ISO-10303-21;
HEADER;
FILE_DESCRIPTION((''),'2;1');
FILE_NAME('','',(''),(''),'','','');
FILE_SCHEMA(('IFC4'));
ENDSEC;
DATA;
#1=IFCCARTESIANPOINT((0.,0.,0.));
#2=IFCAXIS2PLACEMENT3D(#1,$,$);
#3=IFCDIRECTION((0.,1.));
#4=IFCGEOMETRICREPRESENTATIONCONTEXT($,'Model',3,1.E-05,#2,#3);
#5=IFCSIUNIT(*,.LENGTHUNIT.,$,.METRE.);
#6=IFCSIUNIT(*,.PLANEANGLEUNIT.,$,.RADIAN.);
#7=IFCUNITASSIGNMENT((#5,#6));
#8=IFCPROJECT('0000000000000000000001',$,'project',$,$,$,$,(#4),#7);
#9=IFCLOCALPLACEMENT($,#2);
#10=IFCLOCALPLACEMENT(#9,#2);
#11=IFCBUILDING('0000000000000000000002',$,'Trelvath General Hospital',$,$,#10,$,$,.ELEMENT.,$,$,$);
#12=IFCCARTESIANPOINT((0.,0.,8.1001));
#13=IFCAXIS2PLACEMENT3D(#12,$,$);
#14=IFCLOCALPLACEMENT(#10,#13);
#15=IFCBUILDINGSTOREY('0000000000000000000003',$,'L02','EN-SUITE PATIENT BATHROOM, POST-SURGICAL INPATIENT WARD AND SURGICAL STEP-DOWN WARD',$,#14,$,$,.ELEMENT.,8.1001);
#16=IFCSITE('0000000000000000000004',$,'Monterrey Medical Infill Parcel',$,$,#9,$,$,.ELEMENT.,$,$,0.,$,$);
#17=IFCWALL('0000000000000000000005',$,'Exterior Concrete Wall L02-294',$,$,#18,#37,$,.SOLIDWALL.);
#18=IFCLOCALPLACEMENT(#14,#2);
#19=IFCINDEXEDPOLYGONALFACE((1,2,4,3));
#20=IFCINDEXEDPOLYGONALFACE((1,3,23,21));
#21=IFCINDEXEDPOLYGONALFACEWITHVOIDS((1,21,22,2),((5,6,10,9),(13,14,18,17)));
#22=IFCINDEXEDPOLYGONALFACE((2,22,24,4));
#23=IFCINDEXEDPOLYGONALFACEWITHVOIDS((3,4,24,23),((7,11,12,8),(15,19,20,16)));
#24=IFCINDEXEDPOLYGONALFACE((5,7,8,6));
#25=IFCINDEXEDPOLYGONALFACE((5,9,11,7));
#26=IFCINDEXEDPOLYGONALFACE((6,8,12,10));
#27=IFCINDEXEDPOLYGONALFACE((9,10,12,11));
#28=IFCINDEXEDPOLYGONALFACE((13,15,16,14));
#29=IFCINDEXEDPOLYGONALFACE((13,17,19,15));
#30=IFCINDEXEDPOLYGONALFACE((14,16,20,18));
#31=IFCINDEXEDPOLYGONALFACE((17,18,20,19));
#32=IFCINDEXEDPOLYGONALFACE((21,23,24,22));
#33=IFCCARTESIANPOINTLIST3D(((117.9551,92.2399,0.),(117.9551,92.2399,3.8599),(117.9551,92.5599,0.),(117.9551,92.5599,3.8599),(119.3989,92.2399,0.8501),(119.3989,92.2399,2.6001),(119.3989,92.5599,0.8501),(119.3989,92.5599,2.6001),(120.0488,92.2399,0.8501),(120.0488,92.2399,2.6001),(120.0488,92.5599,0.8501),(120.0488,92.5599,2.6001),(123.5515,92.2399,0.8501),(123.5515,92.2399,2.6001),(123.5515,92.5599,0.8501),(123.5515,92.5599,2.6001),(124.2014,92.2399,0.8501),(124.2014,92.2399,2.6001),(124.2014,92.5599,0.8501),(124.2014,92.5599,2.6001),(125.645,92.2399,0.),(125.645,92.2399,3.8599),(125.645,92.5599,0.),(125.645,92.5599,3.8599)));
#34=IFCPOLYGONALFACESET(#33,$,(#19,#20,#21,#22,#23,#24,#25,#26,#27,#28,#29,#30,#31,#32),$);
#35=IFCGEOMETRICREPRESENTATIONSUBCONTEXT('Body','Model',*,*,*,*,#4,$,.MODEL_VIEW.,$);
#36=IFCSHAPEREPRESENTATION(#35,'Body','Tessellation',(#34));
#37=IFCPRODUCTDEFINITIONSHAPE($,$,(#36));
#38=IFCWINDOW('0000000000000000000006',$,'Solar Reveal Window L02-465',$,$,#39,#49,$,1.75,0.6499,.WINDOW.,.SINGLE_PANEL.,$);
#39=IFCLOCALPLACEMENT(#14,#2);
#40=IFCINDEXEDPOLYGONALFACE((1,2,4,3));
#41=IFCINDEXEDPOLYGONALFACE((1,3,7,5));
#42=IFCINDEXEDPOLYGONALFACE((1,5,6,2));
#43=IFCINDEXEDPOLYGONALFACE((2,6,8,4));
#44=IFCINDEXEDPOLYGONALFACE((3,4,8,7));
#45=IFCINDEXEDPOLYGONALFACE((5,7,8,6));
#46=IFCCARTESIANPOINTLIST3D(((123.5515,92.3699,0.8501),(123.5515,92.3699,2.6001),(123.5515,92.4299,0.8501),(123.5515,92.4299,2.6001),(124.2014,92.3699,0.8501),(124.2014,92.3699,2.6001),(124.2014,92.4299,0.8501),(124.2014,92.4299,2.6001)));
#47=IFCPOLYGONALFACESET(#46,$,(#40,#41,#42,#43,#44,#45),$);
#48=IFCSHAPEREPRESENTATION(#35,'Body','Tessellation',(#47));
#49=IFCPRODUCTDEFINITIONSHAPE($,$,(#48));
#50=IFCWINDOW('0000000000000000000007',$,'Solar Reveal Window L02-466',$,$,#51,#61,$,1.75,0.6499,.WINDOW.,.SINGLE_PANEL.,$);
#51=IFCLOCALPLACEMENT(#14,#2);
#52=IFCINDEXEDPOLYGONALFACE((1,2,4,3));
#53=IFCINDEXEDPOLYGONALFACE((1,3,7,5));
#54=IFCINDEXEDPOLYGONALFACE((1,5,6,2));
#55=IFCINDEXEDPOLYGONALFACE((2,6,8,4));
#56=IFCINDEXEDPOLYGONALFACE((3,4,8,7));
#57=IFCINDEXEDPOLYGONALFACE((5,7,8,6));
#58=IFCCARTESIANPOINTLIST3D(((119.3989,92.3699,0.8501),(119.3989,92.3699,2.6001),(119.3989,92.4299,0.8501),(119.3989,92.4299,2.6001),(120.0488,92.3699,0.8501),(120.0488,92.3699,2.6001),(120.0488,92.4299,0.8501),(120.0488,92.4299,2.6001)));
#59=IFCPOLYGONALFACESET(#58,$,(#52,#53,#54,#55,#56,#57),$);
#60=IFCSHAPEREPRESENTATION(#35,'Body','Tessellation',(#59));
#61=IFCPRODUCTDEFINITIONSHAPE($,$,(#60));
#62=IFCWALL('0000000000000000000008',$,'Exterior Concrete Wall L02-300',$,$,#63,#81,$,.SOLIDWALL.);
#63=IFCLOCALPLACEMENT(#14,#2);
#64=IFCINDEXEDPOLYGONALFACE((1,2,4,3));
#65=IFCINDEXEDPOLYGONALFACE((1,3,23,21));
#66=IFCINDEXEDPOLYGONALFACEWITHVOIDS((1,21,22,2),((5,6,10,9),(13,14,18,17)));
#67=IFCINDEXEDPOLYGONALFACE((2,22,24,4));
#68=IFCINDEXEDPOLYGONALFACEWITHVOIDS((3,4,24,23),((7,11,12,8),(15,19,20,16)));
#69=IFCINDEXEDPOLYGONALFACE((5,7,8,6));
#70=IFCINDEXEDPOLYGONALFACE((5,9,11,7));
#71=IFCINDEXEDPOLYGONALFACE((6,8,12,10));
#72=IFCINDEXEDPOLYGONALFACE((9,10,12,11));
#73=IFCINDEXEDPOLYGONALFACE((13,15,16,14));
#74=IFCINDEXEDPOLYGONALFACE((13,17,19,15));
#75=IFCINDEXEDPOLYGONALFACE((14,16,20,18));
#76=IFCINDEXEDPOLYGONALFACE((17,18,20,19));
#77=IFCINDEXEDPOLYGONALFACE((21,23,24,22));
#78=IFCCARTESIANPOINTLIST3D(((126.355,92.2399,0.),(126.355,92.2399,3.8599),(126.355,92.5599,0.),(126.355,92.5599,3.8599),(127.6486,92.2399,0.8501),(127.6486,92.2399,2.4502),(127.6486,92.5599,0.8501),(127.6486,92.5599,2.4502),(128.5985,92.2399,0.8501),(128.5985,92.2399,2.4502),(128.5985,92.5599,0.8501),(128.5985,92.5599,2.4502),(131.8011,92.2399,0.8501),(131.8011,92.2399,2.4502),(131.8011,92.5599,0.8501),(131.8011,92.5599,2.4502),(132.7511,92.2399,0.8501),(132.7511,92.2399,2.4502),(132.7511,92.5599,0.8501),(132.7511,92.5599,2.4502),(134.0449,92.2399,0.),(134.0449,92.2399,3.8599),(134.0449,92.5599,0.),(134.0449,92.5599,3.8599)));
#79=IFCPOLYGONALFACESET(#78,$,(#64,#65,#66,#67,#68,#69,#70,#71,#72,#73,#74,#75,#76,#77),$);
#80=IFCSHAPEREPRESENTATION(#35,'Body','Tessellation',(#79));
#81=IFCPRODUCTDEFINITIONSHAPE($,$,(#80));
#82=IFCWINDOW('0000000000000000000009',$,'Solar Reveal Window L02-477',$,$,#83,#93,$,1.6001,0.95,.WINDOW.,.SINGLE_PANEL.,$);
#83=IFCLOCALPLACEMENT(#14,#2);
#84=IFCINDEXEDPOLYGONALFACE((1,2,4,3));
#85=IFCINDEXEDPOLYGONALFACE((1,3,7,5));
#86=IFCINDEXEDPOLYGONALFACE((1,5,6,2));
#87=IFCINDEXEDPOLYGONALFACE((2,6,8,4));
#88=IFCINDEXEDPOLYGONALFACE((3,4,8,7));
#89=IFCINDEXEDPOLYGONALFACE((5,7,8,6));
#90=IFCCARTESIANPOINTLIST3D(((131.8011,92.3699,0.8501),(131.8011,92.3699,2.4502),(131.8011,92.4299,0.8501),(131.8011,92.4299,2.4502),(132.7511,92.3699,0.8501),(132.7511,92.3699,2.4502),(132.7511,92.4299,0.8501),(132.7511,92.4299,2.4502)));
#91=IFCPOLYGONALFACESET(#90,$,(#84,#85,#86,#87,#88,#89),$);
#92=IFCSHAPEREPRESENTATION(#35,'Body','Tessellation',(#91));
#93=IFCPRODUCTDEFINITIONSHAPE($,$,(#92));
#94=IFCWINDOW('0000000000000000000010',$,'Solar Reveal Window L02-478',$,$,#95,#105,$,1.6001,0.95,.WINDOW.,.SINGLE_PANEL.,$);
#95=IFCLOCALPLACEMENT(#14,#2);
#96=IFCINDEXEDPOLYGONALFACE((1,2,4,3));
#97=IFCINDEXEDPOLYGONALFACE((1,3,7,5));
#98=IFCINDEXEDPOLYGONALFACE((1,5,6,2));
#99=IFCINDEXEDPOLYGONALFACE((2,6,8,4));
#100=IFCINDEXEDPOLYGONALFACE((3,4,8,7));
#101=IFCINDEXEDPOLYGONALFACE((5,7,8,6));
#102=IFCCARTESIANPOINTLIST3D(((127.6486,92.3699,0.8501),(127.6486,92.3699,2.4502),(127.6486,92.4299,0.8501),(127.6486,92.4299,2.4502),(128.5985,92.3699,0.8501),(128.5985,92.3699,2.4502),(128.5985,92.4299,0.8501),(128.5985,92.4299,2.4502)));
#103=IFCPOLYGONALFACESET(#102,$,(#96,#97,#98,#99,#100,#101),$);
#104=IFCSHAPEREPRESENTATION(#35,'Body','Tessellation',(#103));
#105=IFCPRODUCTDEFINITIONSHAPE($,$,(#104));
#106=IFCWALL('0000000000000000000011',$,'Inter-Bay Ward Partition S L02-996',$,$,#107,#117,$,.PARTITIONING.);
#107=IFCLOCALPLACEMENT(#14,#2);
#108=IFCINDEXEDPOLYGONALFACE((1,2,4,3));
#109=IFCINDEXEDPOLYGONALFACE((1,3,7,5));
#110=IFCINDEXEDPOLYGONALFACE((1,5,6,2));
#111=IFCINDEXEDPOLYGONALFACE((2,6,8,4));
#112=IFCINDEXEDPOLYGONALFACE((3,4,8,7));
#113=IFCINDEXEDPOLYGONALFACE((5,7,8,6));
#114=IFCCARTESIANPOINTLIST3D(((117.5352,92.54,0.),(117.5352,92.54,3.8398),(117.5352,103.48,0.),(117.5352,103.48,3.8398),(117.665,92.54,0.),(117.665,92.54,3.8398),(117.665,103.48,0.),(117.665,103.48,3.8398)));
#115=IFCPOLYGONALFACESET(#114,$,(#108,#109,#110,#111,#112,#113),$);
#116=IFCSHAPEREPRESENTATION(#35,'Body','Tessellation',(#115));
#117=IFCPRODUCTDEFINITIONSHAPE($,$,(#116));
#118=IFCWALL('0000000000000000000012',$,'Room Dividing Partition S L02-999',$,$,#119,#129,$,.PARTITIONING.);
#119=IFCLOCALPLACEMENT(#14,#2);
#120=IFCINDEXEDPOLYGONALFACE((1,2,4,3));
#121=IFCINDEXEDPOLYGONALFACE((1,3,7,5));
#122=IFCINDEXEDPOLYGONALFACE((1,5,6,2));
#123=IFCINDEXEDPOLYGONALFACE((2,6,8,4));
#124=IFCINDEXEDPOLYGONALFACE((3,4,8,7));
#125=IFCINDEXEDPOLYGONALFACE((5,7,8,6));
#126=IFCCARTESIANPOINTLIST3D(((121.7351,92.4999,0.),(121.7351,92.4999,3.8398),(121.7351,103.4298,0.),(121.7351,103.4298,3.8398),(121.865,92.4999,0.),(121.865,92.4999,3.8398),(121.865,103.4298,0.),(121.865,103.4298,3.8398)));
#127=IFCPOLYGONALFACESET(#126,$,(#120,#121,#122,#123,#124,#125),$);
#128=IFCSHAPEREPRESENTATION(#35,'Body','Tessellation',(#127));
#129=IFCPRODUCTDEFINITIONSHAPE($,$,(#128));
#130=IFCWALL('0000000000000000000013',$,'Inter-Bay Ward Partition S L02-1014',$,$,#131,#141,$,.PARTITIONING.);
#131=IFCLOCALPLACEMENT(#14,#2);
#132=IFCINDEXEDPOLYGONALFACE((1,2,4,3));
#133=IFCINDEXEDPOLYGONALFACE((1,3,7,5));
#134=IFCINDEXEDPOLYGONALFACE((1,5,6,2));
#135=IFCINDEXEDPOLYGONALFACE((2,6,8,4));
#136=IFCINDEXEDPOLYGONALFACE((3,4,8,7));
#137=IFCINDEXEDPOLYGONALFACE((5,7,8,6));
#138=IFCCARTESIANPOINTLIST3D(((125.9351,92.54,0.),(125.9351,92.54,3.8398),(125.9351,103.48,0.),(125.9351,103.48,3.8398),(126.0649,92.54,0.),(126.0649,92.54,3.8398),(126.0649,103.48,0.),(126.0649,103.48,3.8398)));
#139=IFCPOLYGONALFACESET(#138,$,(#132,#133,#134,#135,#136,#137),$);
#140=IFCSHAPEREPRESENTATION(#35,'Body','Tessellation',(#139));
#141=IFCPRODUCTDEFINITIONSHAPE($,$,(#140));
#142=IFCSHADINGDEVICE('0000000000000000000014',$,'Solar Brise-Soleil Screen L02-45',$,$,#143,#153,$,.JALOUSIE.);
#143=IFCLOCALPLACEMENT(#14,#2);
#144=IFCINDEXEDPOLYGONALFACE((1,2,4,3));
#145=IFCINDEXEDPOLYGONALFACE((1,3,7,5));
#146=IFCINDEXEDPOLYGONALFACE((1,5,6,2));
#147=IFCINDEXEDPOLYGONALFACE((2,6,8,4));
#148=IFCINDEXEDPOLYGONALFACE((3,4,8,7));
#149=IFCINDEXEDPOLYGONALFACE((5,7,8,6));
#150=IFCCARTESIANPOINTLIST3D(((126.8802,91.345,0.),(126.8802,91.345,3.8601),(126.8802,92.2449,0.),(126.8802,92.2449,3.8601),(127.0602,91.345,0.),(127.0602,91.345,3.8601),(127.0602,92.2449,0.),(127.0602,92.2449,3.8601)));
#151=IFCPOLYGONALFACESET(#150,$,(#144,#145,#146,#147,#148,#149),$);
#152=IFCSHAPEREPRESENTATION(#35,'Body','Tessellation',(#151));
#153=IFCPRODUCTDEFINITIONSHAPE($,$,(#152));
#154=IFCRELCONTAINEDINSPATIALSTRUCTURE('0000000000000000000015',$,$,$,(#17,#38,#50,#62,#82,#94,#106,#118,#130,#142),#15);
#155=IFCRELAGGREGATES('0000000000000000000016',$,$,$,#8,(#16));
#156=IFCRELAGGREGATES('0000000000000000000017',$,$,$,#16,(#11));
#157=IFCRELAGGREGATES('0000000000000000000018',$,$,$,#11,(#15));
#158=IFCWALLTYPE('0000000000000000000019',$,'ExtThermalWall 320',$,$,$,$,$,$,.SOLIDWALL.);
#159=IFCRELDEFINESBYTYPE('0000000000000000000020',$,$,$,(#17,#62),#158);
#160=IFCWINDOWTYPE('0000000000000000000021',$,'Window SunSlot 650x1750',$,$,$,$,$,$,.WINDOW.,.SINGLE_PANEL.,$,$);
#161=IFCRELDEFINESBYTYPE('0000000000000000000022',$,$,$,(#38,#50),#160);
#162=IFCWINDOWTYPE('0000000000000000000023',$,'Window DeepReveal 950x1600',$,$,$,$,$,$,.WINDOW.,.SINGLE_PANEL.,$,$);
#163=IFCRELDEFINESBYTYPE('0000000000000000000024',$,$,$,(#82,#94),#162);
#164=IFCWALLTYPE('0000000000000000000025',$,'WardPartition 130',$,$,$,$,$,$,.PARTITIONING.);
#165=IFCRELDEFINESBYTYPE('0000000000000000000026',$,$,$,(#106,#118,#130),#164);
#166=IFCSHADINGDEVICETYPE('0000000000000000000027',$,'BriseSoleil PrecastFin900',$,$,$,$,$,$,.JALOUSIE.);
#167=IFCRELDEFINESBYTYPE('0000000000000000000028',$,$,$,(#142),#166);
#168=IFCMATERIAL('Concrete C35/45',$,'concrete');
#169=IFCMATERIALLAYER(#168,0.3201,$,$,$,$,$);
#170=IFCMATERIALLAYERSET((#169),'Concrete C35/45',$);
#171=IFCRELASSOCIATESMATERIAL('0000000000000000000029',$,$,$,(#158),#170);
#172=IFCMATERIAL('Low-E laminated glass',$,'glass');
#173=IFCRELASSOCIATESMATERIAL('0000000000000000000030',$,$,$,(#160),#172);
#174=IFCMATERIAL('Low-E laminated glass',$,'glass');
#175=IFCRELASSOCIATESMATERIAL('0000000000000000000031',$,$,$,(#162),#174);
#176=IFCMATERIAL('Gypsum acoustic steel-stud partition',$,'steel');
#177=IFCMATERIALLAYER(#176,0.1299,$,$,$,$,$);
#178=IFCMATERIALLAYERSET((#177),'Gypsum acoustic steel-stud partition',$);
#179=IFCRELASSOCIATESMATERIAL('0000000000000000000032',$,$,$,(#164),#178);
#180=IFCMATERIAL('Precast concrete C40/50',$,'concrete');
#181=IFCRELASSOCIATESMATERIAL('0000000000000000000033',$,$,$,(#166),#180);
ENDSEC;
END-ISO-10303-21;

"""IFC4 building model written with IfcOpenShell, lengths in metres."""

from ifc_helpers import new_model, si_unit, direction, frame, frame_2d, origin, origin_2d, place, context, subcontext, project, spatial, rectangle, extrude, material, layer, layer_set, type_object, element, fill, save


model = new_model("IFC4")

# Units and contexts
model_context = context("Model", 3, precision=1e-05, world=origin(), true_north=direction((0.0, 1.0)))
body_context = subcontext(model_context, "Body", "Model", "MODEL_VIEW")
ifc_project = project(units=[si_unit("LENGTHUNIT", "METRE"), si_unit("PLANEANGLEUNIT", "RADIAN")], contexts=[model_context])

# Site, building, storey
site_placement = place(None, origin())
site = spatial("IfcSite", under=ifc_project, at=site_placement, Name="Monterrey Medical Infill Parcel", CompositionType="ELEMENT", RefElevation=0.0)
building_placement = place(site_placement, origin())
building = spatial("IfcBuilding", under=site, at=building_placement, Name="Trelvath General Hospital", CompositionType="ELEMENT")
storey_placement = place(building_placement, frame((0.0, 0.0, 8.1001)))
storey = spatial("IfcBuildingStorey", under=building, at=storey_placement, Name="L02", Description="EN-SUITE PATIENT BATHROOM, POST-SURGICAL INPATIENT WARD AND SURGICAL STEP-DOWN WARD", CompositionType="ELEMENT", Elevation=8.1001)

# Walls, openings, windows
ifc_material_1 = material(Name="Concrete C35/45", Category="concrete")
ifc_layer_1 = layer(ifc_material_1, 0.3201)
ifc_layer_set_1 = layer_set([ifc_layer_1], Name="Concrete C35/45")
wall_type_1 = type_object("IfcWallType", Name="ExtThermalWall 320", PredefinedType="SOLIDWALL", material=ifc_layer_set_1)
wall_1_placement = place(storey_placement, frame((125.645, 92.3999, 0.0), z_axis=(0.0, 0.0, 1.0), x_axis=(-1.0, 0.0, 0.0)))
wall_1 = element("IfcWall", 1, at=wall_1_placement, inside=storey, type_object=wall_type_1, Name="Exterior Concrete Wall L02-294", PredefinedType="SOLIDWALL", context=body_context, shape_type="SweptSolid", body=[
    extrude(rectangle(XDim=7.6899, YDim=0.3201, at=frame_2d((3.845, 0.0))), origin(), (0.0, 0.0, 1.0), 3.8599),
])
opening_1_placement = place(wall_1_placement, frame((1.4436, 0.0, 0.8501)))
opening_1 = element("IfcOpeningElement", 2, at=opening_1_placement, cuts=wall_1, PredefinedType="OPENING", context=body_context, shape_type="SweptSolid", body=[
    extrude(rectangle(XDim=0.6499, YDim=1.75, at=frame_2d((0.325, 0.875))), frame((0.0, 0.1699, 0.0), z_axis=(0.0, -1.0, 0.0), x_axis=(1.0, 0.0, 0.0)), (0.0, 0.0, 1.0), 0.3401),
])
opening_2_placement = place(wall_1_placement, frame((5.5962, 0.0, 0.8501)))
opening_2 = element("IfcOpeningElement", 3, at=opening_2_placement, cuts=wall_1, PredefinedType="OPENING", context=body_context, shape_type="SweptSolid", body=[
    extrude(rectangle(XDim=0.6499, YDim=1.75, at=frame_2d((0.325, 0.875))), frame((0.0, 0.1699, 0.0), z_axis=(0.0, -1.0, 0.0), x_axis=(1.0, 0.0, 0.0)), (0.0, 0.0, 1.0), 0.3401),
])
ifc_material_2 = material(Name="Low-E laminated glass", Category="glass")
window_type_1 = type_object("IfcWindowType", Name="Window SunSlot 650x1750", PartitioningType="SINGLE_PANEL", PredefinedType="WINDOW", material=ifc_material_2)
window_1_placement = place(opening_1_placement, origin())
window_1 = element("IfcWindow", 4, at=window_1_placement, inside=storey, type_object=window_type_1, Name="Solar Reveal Window L02-465", OverallHeight=1.75, OverallWidth=0.6499, PartitioningType="SINGLE_PANEL", PredefinedType="WINDOW", context=body_context, shape_type="SweptSolid", body=[
    extrude(rectangle(XDim=0.6499, YDim=1.75, at=frame_2d((0.325, 0.875))), frame((0.0, 0.03, 0.0), z_axis=(0.0, -1.0, 0.0), x_axis=(1.0, 0.0, 0.0)), (0.0, 0.0, 1.0), 0.0601),
])
fill(opening_1, window_1)
window_2_placement = place(opening_2_placement, origin())
window_2 = element("IfcWindow", 5, at=window_2_placement, inside=storey, type_object=window_type_1, Name="Solar Reveal Window L02-466", OverallHeight=1.75, OverallWidth=0.6499, PartitioningType="SINGLE_PANEL", PredefinedType="WINDOW", context=body_context, shape_type="SweptSolid", body=[
    extrude(rectangle(XDim=0.6499, YDim=1.75, at=frame_2d((0.325, 0.875))), frame((0.0, 0.03, 0.0), z_axis=(0.0, -1.0, 0.0), x_axis=(1.0, 0.0, 0.0)), (0.0, 0.0, 1.0), 0.0601),
])
fill(opening_2, window_2)
wall_2_placement = place(storey_placement, frame((134.0449, 92.3999, 0.0), z_axis=(0.0, 0.0, 1.0), x_axis=(-1.0, 0.0, 0.0)))
wall_2 = element("IfcWall", 6, at=wall_2_placement, inside=storey, type_object=wall_type_1, Name="Exterior Concrete Wall L02-300", PredefinedType="SOLIDWALL", context=body_context, shape_type="SweptSolid", body=[
    extrude(rectangle(XDim=7.6899, YDim=0.3201, at=frame_2d((3.845, 0.0))), origin(), (0.0, 0.0, 1.0), 3.8599),
])
opening_3_placement = place(wall_2_placement, frame((1.2937, 0.0, 0.8501)))
opening_3 = element("IfcOpeningElement", 7, at=opening_3_placement, cuts=wall_2, PredefinedType="OPENING", context=body_context, shape_type="SweptSolid", body=[
    extrude(rectangle(XDim=0.95, YDim=1.6001, at=frame_2d((0.4751, 0.8))), frame((0.0, 0.1699, 0.0), z_axis=(0.0, -1.0, 0.0), x_axis=(1.0, 0.0, 0.0)), (0.0, 0.0, 1.0), 0.3401),
])
opening_4_placement = place(wall_2_placement, frame((5.4463, 0.0, 0.8501)))
opening_4 = element("IfcOpeningElement", 8, at=opening_4_placement, cuts=wall_2, PredefinedType="OPENING", context=body_context, shape_type="SweptSolid", body=[
    extrude(rectangle(XDim=0.95, YDim=1.6001, at=frame_2d((0.4751, 0.8))), frame((0.0, 0.1699, 0.0), z_axis=(0.0, -1.0, 0.0), x_axis=(1.0, 0.0, 0.0)), (0.0, 0.0, 1.0), 0.3401),
])
ifc_material_3 = material(Name="Low-E laminated glass", Category="glass")
window_type_2 = type_object("IfcWindowType", Name="Window DeepReveal 950x1600", PartitioningType="SINGLE_PANEL", PredefinedType="WINDOW", material=ifc_material_3)
window_3_placement = place(opening_3_placement, origin())
window_3 = element("IfcWindow", 9, at=window_3_placement, inside=storey, type_object=window_type_2, Name="Solar Reveal Window L02-477", OverallHeight=1.6001, OverallWidth=0.95, PartitioningType="SINGLE_PANEL", PredefinedType="WINDOW", context=body_context, shape_type="SweptSolid", body=[
    extrude(rectangle(XDim=0.95, YDim=1.6001, at=frame_2d((0.4751, 0.8))), frame((0.0, 0.03, 0.0), z_axis=(0.0, -1.0, 0.0), x_axis=(1.0, 0.0, 0.0)), (0.0, 0.0, 1.0), 0.0601),
])
fill(opening_3, window_3)
window_4_placement = place(opening_4_placement, origin())
window_4 = element("IfcWindow", 10, at=window_4_placement, inside=storey, type_object=window_type_2, Name="Solar Reveal Window L02-478", OverallHeight=1.6001, OverallWidth=0.95, PartitioningType="SINGLE_PANEL", PredefinedType="WINDOW", context=body_context, shape_type="SweptSolid", body=[
    extrude(rectangle(XDim=0.95, YDim=1.6001, at=frame_2d((0.4751, 0.8))), frame((0.0, 0.03, 0.0), z_axis=(0.0, -1.0, 0.0), x_axis=(1.0, 0.0, 0.0)), (0.0, 0.0, 1.0), 0.0601),
])
fill(opening_4, window_4)

# Walls
ifc_material_4 = material(Name="Gypsum acoustic steel-stud partition", Category="steel")
ifc_layer_2 = layer(ifc_material_4, 0.1299)
ifc_layer_set_2 = layer_set([ifc_layer_2], Name="Gypsum acoustic steel-stud partition")
wall_type_2 = type_object("IfcWallType", Name="WardPartition 130", PredefinedType="PARTITIONING", material=ifc_layer_set_2)
wall_3_placement = place(storey_placement, frame((117.6001, 92.54, 0.0), z_axis=(0.0, 0.0, 1.0), x_axis=(0.0, 1.0, 0.0)))
element("IfcWall", 11, at=wall_3_placement, inside=storey, type_object=wall_type_2, Name="Inter-Bay Ward Partition S L02-996", PredefinedType="PARTITIONING", context=body_context, shape_type="SweptSolid", body=[
    extrude(rectangle(XDim=10.9399, YDim=0.1299, at=frame_2d((5.47, 0.0))), origin(), (0.0, 0.0, 1.0), 3.8398),
])
wall_4_placement = place(storey_placement, frame((121.8, 92.5, 0.0), z_axis=(0.0, 0.0, 1.0), x_axis=(0.0, 1.0, 0.0)))
element("IfcWall", 12, at=wall_4_placement, inside=storey, type_object=wall_type_2, Name="Room Dividing Partition S L02-999", PredefinedType="PARTITIONING", context=body_context, shape_type="SweptSolid", body=[
    extrude(rectangle(XDim=10.9299, YDim=0.1299, at=frame_2d((5.4648, 0.0))), origin(), (0.0, 0.0, 1.0), 3.8398),
])
wall_5_placement = place(storey_placement, frame((126.0, 92.54, 0.0), z_axis=(0.0, 0.0, 1.0), x_axis=(0.0, 1.0, 0.0)))
element("IfcWall", 13, at=wall_5_placement, inside=storey, type_object=wall_type_2, Name="Inter-Bay Ward Partition S L02-1014", PredefinedType="PARTITIONING", context=body_context, shape_type="SweptSolid", body=[
    extrude(rectangle(XDim=10.9399, YDim=0.1299, at=frame_2d((5.47, 0.0))), origin(), (0.0, 0.0, 1.0), 3.8398),
])

# Shading device
ifc_material_5 = material(Name="Precast concrete C40/50", Category="concrete")
shading_device_type = type_object("IfcShadingDeviceType", Name="BriseSoleil PrecastFin900", PredefinedType="JALOUSIE", material=ifc_material_5)
shading_device_placement = place(storey_placement, frame((126.9702, 91.7949, 0.0), z_axis=(0.0, 0.0, 1.0), x_axis=(0.0, -1.0, 0.0)))
element("IfcShadingDevice", 14, at=shading_device_placement, inside=storey, type_object=shading_device_type, Name="Solar Brise-Soleil Screen L02-45", PredefinedType="JALOUSIE", context=body_context, shape_type="SweptSolid", body=[
    extrude(rectangle(XDim=0.8999, YDim=0.1799, at=origin_2d()), origin(), (0.0, 0.0, 1.0), 3.8601),
])

save(model, "model.ifc")
